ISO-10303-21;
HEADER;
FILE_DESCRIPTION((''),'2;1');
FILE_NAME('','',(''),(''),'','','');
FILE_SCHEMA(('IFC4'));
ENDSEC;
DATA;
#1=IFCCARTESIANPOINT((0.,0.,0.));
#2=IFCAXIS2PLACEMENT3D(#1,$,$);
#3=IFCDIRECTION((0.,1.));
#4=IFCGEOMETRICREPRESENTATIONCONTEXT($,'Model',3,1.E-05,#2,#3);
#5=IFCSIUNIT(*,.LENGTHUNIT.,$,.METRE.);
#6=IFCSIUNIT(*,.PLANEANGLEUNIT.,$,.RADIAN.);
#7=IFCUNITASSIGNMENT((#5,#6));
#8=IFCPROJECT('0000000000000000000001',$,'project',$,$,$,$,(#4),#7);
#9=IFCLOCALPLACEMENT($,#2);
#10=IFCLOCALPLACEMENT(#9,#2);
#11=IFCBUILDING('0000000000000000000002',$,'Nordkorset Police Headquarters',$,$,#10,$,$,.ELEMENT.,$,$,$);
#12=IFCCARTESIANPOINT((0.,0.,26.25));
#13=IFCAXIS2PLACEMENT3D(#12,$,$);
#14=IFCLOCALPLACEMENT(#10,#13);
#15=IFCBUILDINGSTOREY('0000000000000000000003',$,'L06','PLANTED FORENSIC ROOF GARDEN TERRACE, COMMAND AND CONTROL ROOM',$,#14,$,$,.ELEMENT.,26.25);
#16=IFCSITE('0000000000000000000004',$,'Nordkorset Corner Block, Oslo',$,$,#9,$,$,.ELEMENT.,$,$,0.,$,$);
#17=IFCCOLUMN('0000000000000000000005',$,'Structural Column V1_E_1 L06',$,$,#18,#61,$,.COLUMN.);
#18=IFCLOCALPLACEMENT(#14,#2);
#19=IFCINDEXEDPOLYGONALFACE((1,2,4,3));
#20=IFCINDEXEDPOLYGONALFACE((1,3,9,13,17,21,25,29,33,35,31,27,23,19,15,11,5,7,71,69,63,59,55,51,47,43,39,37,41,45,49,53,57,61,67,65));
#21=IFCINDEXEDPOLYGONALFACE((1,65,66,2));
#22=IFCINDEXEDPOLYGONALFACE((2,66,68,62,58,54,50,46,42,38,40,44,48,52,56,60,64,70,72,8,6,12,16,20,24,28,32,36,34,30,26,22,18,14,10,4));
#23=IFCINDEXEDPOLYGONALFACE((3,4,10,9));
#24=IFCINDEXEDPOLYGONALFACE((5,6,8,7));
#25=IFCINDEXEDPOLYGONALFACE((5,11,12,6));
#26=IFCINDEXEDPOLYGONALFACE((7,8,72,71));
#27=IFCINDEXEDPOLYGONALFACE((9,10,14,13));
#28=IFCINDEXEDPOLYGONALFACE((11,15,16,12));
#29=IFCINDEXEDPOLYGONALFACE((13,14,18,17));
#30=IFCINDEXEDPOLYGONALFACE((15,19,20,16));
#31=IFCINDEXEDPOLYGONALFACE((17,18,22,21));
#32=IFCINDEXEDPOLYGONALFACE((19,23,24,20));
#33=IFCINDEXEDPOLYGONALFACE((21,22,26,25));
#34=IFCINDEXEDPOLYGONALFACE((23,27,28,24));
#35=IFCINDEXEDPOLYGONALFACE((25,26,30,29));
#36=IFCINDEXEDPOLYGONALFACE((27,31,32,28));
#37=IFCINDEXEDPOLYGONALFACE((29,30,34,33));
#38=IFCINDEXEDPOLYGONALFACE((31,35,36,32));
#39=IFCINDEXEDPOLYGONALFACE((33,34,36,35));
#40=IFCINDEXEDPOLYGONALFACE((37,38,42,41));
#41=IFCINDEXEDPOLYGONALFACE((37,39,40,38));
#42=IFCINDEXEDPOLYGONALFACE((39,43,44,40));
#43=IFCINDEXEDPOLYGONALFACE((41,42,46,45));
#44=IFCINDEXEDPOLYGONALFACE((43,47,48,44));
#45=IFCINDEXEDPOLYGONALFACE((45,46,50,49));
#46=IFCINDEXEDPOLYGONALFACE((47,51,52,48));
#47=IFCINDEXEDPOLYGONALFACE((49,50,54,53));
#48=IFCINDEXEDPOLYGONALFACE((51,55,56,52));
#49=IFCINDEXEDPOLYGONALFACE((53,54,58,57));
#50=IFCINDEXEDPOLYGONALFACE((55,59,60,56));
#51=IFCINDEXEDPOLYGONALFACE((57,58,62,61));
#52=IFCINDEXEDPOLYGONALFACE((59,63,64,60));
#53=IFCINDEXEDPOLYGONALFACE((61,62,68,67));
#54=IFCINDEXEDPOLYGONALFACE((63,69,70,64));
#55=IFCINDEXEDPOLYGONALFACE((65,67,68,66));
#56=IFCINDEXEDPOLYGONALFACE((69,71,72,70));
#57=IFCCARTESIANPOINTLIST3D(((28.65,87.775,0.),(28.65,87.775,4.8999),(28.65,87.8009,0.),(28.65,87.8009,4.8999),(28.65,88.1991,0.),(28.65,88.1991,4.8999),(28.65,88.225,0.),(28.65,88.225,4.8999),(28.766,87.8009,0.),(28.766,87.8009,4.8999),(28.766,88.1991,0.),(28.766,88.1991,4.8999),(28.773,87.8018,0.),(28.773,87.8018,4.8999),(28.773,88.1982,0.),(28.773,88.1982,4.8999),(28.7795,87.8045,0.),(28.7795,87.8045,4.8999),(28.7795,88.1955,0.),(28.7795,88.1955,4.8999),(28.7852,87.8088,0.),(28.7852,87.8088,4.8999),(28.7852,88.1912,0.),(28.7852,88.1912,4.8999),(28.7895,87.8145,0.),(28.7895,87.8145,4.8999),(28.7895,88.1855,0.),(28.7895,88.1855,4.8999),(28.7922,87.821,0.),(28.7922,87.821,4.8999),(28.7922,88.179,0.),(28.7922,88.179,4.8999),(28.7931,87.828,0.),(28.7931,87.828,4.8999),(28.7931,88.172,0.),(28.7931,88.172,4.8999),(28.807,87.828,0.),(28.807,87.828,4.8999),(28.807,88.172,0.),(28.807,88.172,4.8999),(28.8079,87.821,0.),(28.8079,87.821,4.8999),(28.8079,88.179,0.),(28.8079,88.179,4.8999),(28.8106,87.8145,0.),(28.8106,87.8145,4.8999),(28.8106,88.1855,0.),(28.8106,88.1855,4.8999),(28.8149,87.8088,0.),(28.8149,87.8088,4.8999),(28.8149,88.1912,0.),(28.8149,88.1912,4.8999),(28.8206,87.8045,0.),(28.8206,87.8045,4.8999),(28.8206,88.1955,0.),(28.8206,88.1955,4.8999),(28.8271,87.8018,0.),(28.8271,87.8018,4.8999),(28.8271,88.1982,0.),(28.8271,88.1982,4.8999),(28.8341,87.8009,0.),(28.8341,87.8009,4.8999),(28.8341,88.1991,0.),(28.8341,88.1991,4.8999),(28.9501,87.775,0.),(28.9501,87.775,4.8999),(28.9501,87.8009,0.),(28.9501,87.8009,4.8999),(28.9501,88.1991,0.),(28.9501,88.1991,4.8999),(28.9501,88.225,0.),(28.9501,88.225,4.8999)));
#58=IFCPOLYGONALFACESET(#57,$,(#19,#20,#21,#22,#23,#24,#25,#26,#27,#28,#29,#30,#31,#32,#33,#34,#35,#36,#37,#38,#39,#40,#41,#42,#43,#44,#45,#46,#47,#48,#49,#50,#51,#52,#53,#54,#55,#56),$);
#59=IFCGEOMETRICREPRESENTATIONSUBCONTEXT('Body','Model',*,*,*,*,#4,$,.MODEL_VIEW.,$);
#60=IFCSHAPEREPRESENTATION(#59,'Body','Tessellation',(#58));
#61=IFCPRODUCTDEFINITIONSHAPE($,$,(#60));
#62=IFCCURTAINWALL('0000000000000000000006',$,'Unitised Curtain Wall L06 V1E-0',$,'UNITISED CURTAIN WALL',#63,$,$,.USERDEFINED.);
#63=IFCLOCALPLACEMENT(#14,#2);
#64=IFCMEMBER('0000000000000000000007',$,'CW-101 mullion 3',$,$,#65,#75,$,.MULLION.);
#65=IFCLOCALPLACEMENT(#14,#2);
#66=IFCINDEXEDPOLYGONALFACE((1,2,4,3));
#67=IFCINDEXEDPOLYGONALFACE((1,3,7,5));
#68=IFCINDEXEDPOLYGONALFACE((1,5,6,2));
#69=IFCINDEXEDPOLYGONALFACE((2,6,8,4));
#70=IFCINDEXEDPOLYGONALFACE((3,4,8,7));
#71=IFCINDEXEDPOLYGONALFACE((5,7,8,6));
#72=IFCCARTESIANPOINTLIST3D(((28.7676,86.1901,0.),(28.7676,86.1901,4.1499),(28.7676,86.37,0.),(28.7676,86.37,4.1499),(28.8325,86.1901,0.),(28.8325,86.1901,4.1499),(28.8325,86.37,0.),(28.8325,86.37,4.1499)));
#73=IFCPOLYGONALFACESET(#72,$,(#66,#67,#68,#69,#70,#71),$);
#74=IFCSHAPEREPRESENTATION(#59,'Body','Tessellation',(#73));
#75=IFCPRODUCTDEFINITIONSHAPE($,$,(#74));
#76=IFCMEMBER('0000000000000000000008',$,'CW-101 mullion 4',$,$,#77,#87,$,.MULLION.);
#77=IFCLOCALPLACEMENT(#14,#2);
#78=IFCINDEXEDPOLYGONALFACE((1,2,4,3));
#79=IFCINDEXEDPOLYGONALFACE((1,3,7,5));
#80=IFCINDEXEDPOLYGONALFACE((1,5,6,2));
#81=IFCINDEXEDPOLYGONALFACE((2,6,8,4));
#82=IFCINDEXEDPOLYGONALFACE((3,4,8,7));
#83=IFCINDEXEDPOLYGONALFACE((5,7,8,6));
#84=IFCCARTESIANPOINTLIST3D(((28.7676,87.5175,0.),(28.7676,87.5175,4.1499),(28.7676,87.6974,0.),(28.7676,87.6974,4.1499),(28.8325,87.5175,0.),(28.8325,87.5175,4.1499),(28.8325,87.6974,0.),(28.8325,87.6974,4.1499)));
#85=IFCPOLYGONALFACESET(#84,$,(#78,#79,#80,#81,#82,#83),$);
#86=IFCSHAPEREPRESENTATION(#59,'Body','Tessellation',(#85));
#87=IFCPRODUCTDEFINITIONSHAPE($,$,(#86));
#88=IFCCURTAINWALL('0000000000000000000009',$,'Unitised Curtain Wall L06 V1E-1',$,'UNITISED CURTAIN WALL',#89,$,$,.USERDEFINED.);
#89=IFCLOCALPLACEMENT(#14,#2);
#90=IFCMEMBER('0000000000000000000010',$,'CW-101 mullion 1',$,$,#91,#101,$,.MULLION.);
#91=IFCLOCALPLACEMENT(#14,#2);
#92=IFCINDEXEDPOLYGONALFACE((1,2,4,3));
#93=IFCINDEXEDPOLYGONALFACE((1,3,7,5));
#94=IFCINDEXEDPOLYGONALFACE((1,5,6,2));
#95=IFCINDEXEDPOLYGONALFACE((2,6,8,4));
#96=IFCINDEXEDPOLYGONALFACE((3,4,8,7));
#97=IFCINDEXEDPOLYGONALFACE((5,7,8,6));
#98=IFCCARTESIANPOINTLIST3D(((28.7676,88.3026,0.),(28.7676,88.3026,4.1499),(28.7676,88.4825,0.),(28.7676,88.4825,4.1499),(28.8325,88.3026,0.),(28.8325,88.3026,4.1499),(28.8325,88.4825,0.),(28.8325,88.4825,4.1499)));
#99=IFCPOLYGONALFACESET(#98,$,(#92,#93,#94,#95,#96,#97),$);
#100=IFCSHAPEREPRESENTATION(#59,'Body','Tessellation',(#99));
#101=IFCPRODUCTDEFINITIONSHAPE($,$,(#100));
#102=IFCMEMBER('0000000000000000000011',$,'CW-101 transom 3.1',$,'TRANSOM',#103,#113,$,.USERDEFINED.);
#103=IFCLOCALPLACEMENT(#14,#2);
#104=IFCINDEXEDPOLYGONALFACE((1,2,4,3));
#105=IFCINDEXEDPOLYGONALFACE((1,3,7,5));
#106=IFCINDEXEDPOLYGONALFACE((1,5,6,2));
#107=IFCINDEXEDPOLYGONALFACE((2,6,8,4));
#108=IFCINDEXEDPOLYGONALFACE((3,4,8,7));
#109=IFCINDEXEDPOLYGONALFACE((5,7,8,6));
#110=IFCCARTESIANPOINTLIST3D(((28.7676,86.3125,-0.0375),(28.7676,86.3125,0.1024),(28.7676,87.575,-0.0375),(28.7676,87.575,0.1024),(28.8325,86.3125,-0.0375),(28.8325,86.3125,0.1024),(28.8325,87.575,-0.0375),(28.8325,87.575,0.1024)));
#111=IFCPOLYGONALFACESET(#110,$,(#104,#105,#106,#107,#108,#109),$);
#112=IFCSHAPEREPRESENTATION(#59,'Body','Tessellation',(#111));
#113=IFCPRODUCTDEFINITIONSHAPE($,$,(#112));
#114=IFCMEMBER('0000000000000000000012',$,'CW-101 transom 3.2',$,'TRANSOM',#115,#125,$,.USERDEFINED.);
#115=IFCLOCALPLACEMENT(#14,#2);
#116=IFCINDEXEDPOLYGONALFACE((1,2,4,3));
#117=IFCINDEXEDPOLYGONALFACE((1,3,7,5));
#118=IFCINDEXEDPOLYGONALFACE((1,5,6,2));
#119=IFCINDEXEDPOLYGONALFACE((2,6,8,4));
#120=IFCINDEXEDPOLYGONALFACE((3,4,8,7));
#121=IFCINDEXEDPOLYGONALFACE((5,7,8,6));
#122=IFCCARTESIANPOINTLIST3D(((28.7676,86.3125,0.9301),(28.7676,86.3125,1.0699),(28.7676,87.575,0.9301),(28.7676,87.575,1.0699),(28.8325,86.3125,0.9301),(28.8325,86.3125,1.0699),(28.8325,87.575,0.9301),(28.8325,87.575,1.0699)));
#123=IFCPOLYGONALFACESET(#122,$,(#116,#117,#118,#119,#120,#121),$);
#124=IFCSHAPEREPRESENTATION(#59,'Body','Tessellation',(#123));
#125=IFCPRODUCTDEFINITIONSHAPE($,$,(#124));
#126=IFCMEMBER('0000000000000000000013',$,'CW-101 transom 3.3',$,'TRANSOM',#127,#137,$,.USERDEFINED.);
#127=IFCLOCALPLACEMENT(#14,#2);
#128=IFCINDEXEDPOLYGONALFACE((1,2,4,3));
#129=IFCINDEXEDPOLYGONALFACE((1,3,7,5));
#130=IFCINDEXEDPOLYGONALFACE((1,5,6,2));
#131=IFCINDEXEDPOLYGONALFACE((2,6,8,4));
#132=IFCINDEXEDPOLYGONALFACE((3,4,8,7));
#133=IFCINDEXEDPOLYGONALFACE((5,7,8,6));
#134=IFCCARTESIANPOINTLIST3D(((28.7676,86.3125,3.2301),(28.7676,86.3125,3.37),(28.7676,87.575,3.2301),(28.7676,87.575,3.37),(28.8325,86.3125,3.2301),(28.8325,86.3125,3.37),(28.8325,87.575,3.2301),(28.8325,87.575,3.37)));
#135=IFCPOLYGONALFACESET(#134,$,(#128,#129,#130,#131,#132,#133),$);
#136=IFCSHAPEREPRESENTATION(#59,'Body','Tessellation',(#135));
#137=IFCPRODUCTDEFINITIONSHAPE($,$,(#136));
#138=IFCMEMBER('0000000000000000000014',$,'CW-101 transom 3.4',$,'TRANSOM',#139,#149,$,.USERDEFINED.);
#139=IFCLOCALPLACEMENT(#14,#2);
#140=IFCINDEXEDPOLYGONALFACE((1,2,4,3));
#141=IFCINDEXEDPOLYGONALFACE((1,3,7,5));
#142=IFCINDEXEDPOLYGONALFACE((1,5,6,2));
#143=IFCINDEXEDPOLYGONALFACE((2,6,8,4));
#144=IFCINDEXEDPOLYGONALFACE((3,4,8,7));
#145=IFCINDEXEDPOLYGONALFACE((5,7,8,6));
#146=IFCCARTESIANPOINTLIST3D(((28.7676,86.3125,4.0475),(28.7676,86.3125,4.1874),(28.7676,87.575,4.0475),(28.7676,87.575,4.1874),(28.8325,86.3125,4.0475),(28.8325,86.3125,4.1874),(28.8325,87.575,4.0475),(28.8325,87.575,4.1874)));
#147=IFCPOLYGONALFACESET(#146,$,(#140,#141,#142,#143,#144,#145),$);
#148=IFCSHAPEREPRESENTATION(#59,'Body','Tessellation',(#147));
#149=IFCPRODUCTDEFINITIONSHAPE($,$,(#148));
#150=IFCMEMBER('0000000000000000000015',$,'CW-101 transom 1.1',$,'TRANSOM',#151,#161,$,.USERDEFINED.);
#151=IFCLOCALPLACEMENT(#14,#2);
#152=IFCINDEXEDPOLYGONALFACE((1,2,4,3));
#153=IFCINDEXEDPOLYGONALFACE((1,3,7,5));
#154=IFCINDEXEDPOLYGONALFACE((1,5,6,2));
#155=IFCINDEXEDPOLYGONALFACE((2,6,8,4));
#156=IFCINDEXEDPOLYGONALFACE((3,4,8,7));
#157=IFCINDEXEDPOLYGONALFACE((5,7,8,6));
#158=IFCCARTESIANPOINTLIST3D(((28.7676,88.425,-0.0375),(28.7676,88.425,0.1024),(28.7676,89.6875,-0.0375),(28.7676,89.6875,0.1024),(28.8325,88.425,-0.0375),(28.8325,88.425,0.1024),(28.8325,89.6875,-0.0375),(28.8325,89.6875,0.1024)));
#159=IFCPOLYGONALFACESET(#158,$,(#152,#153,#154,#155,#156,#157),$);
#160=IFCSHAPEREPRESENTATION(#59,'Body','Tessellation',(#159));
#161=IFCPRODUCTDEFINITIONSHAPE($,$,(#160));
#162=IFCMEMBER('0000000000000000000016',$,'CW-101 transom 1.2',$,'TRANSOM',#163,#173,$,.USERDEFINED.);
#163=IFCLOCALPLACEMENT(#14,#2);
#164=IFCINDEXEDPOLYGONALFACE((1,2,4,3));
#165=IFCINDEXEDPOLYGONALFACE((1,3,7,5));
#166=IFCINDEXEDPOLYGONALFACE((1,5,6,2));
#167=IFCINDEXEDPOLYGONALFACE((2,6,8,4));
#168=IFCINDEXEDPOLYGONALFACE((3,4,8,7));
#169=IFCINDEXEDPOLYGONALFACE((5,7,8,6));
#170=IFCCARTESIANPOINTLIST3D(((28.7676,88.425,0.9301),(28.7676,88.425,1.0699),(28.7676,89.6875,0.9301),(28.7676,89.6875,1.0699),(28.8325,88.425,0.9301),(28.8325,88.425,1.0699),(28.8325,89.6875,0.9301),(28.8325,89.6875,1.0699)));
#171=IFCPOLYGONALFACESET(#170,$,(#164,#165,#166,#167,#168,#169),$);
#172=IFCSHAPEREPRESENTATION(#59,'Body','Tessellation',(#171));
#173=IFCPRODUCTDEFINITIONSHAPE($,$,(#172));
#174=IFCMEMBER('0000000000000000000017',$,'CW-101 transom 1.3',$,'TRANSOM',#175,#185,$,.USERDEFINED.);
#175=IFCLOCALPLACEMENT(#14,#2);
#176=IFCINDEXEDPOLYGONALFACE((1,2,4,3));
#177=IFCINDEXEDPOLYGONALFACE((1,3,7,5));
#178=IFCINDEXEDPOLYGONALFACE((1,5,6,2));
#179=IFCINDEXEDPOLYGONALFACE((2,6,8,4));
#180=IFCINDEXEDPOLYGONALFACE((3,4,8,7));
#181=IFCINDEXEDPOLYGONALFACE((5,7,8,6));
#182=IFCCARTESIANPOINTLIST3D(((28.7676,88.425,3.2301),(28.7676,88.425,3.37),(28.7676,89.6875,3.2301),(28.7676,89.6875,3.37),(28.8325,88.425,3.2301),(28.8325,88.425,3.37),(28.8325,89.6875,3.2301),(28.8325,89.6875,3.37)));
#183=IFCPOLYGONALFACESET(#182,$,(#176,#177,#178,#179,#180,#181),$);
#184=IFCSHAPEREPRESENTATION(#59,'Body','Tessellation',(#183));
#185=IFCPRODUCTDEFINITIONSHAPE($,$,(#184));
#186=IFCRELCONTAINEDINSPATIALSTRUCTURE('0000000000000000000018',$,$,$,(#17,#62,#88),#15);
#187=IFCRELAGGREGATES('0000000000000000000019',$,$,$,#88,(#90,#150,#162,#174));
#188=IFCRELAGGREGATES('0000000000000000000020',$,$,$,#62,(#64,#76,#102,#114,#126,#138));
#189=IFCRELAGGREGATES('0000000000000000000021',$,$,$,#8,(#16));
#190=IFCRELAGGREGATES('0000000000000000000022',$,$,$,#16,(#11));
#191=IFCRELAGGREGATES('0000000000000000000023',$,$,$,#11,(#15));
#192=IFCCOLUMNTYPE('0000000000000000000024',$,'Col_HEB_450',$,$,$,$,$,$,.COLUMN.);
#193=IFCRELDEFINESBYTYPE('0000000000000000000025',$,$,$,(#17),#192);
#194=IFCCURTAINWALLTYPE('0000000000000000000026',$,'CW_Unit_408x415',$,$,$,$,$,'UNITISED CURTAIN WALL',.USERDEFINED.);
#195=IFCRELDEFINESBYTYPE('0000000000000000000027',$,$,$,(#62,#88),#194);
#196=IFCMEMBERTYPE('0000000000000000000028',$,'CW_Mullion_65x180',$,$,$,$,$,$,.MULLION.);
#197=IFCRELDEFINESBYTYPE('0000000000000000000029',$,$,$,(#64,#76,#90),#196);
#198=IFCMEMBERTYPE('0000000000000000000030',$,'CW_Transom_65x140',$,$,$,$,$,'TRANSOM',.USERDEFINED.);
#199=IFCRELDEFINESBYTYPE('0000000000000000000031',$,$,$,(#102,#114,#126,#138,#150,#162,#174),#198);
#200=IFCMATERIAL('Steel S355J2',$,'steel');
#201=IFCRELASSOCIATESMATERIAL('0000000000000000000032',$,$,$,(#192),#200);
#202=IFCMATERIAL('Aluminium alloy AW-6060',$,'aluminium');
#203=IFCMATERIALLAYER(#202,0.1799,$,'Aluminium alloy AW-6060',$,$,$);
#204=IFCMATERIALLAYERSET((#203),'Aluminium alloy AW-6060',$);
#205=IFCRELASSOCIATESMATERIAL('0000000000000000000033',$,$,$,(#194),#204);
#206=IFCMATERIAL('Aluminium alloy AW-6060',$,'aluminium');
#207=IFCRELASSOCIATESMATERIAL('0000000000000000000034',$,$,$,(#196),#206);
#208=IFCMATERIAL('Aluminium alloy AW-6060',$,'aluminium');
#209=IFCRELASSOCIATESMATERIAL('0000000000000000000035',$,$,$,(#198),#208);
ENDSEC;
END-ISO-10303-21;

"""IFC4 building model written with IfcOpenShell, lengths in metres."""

from ifc_helpers import new_model, si_unit, direction, frame, origin, origin_2d, place, context, subcontext, project, spatial, rectangle, i_section, extrude, material, layer, layer_set, material_profile, profile_set, type_object, element, aggregate, save


model = new_model("IFC4")

# Units and contexts
model_context = context("Model", 3, precision=1e-05, world=origin(), true_north=direction((0.0, 1.0)))
body_context = subcontext(model_context, "Body", "Model", "MODEL_VIEW")
ifc_project = project(units=[si_unit("LENGTHUNIT", "METRE"), si_unit("PLANEANGLEUNIT", "RADIAN")], contexts=[model_context])

# Site, building, storey
site_placement = place(None, origin())
site = spatial("IfcSite", under=ifc_project, at=site_placement, Name="Nordkorset Corner Block, Oslo", CompositionType="ELEMENT", RefElevation=0.0)
building_placement = place(site_placement, origin())
building = spatial("IfcBuilding", under=site, at=building_placement, Name="Nordkorset Police Headquarters", CompositionType="ELEMENT")
storey_placement = place(building_placement, frame((0.0, 0.0, 26.25)))
storey = spatial("IfcBuildingStorey", under=building, at=storey_placement, Name="L06", Description="PLANTED FORENSIC ROOF GARDEN TERRACE, COMMAND AND CONTROL ROOM", CompositionType="ELEMENT", Elevation=26.25)

# Column
ifc_material_1 = material(Name="Steel S355J2", Category="steel")
ifc_material_profile_1 = material_profile(ifc_material_1, i_section(OverallWidth=0.3, OverallDepth=0.45, WebThickness=0.0139, FlangeThickness=0.0259, FilletRadius=0.0271, at=origin_2d()), Name="HEB 450")
ifc_profile_set_1 = profile_set([ifc_material_profile_1], Name="Steel S355J2")
column_type = type_object("IfcColumnType", Name="Col_HEB_450", PredefinedType="COLUMN", material=ifc_profile_set_1)
column_placement = place(storey_placement, frame((28.8, 88.0, 0.0), z_axis=(0.0, 0.0, 1.0), x_axis=(1.0, 0.0, 0.0)))
element("IfcColumn", 1, at=column_placement, inside=storey, type_object=column_type, Name="Structural Column V1_E_1 L06", PredefinedType="COLUMN", context=body_context, shape_type="SweptSolid", body=[
    extrude(i_section(OverallWidth=0.3, OverallDepth=0.45, WebThickness=0.0139, FlangeThickness=0.0259, FilletRadius=0.0271, at=origin_2d()), origin(), (0.0, 0.0, 1.0), 4.8999),
])

# Curtain wall, members
ifc_material_2 = material(Name="Aluminium alloy AW-6060", Category="aluminium")
ifc_layer_1 = layer(ifc_material_2, 0.1799, Name="Aluminium alloy AW-6060")
ifc_layer_set_1 = layer_set([ifc_layer_1], Name="Aluminium alloy AW-6060")
curtain_wall_type = type_object("IfcCurtainWallType", Name="CW_Unit_408x415", ElementType="UNITISED CURTAIN WALL", PredefinedType="USERDEFINED", material=ifc_layer_set_1)
curtain_wall_1_placement = place(storey_placement, origin())
curtain_wall_1 = element("IfcCurtainWall", 2, at=curtain_wall_1_placement, inside=storey, type_object=curtain_wall_type, Name="Unitised Curtain Wall L06 V1E-0", ObjectType="UNITISED CURTAIN WALL", PredefinedType="USERDEFINED")
ifc_material_3 = material(Name="Aluminium alloy AW-6060", Category="aluminium")
ifc_material_profile_2 = material_profile(ifc_material_3, rectangle(XDim=0.0649, YDim=0.1799, at=origin_2d()), Name="ALU MULL 65x180")
ifc_profile_set_2 = profile_set([ifc_material_profile_2], Name="Aluminium alloy AW-6060")
member_type_1 = type_object("IfcMemberType", Name="CW_Mullion_65x180", PredefinedType="MULLION", material=ifc_profile_set_2)
member_1_placement = place(storey_placement, frame((28.8, 86.28, 0.0), z_axis=(0.0, 0.0, 1.0), x_axis=(-1.0, 0.0, 0.0)))
member_1 = element("IfcMember", 3, at=member_1_placement, type_object=member_type_1, Name="CW-101 mullion 3", PredefinedType="MULLION", context=body_context, shape_type="SweptSolid", body=[
    extrude(rectangle(XDim=0.0649, YDim=0.1799, at=origin_2d()), origin(), (0.0, 0.0, 1.0), 4.1499),
])
member_2_placement = place(storey_placement, frame((28.8, 87.6074, 0.0), z_axis=(0.0, 0.0, 1.0), x_axis=(-1.0, 0.0, 0.0)))
member_2 = element("IfcMember", 4, at=member_2_placement, type_object=member_type_1, Name="CW-101 mullion 4", PredefinedType="MULLION", context=body_context, shape_type="SweptSolid", body=[
    extrude(rectangle(XDim=0.0649, YDim=0.1799, at=origin_2d()), origin(), (0.0, 0.0, 1.0), 4.1499),
])

# Curtain wall, member
curtain_wall_2_placement = place(storey_placement, origin())
curtain_wall_2 = element("IfcCurtainWall", 5, at=curtain_wall_2_placement, inside=storey, type_object=curtain_wall_type, Name="Unitised Curtain Wall L06 V1E-1", ObjectType="UNITISED CURTAIN WALL", PredefinedType="USERDEFINED")
member_3_placement = place(storey_placement, frame((28.8, 88.3926, 0.0), z_axis=(0.0, 0.0, 1.0), x_axis=(-1.0, 0.0, 0.0)))
member_3 = element("IfcMember", 6, at=member_3_placement, type_object=member_type_1, Name="CW-101 mullion 1", PredefinedType="MULLION", context=body_context, shape_type="SweptSolid", body=[
    extrude(rectangle(XDim=0.0649, YDim=0.1799, at=origin_2d()), origin(), (0.0, 0.0, 1.0), 4.1499),
])

# Members
ifc_material_4 = material(Name="Aluminium alloy AW-6060", Category="aluminium")
ifc_material_profile_3 = material_profile(ifc_material_4, rectangle(XDim=0.0649, YDim=0.1399, at=origin_2d()), Name="ALU TRAN 65x140")
ifc_profile_set_3 = profile_set([ifc_material_profile_3], Name="Aluminium alloy AW-6060")
member_type_2 = type_object("IfcMemberType", Name="CW_Transom_65x140", ElementType="TRANSOM", PredefinedType="USERDEFINED", material=ifc_profile_set_3)
member_4_placement = place(storey_placement, frame((28.8, 86.3125, 0.0325), z_axis=(0.0, 1.0, 0.0), x_axis=(-1.0, 0.0, 0.0)))
member_4 = element("IfcMember", 7, at=member_4_placement, type_object=member_type_2, Name="CW-101 transom 3.1", ObjectType="TRANSOM", PredefinedType="USERDEFINED", context=body_context, shape_type="SweptSolid", body=[
    extrude(rectangle(XDim=0.0649, YDim=0.1399, at=origin_2d()), origin(), (0.0, 0.0, 1.0), 1.2625),
])
member_5_placement = place(storey_placement, frame((28.8, 86.3125, 1.0), z_axis=(0.0, 1.0, 0.0), x_axis=(-1.0, 0.0, 0.0)))
member_5 = element("IfcMember", 8, at=member_5_placement, type_object=member_type_2, Name="CW-101 transom 3.2", ObjectType="TRANSOM", PredefinedType="USERDEFINED", context=body_context, shape_type="SweptSolid", body=[
    extrude(rectangle(XDim=0.0649, YDim=0.1399, at=origin_2d()), origin(), (0.0, 0.0, 1.0), 1.2625),
])
member_6_placement = place(storey_placement, frame((28.8, 86.3125, 3.3), z_axis=(0.0, 1.0, 0.0), x_axis=(-1.0, 0.0, 0.0)))
member_6 = element("IfcMember", 9, at=member_6_placement, type_object=member_type_2, Name="CW-101 transom 3.3", ObjectType="TRANSOM", PredefinedType="USERDEFINED", context=body_context, shape_type="SweptSolid", body=[
    extrude(rectangle(XDim=0.0649, YDim=0.1399, at=origin_2d()), origin(), (0.0, 0.0, 1.0), 1.2625),
])
member_7_placement = place(storey_placement, frame((28.8, 86.3125, 4.1174), z_axis=(0.0, 1.0, 0.0), x_axis=(-1.0, 0.0, 0.0)))
member_7 = element("IfcMember", 10, at=member_7_placement, type_object=member_type_2, Name="CW-101 transom 3.4", ObjectType="TRANSOM", PredefinedType="USERDEFINED", context=body_context, shape_type="SweptSolid", body=[
    extrude(rectangle(XDim=0.0649, YDim=0.1399, at=origin_2d()), origin(), (0.0, 0.0, 1.0), 1.2625),
])
member_8_placement = place(storey_placement, frame((28.8, 88.425, 0.0325), z_axis=(0.0, 1.0, 0.0), x_axis=(-1.0, 0.0, 0.0)))
member_8 = element("IfcMember", 11, at=member_8_placement, type_object=member_type_2, Name="CW-101 transom 1.1", ObjectType="TRANSOM", PredefinedType="USERDEFINED", context=body_context, shape_type="SweptSolid", body=[
    extrude(rectangle(XDim=0.0649, YDim=0.1399, at=origin_2d()), origin(), (0.0, 0.0, 1.0), 1.2625),
])
member_9_placement = place(storey_placement, frame((28.8, 88.425, 1.0), z_axis=(0.0, 1.0, 0.0), x_axis=(-1.0, 0.0, 0.0)))
member_9 = element("IfcMember", 12, at=member_9_placement, type_object=member_type_2, Name="CW-101 transom 1.2", ObjectType="TRANSOM", PredefinedType="USERDEFINED", context=body_context, shape_type="SweptSolid", body=[
    extrude(rectangle(XDim=0.0649, YDim=0.1399, at=origin_2d()), origin(), (0.0, 0.0, 1.0), 1.2625),
])
member_10_placement = place(storey_placement, frame((28.8, 88.425, 3.3), z_axis=(0.0, 1.0, 0.0), x_axis=(-1.0, 0.0, 0.0)))
member_10 = element("IfcMember", 13, at=member_10_placement, type_object=member_type_2, Name="CW-101 transom 1.3", ObjectType="TRANSOM", PredefinedType="USERDEFINED", context=body_context, shape_type="SweptSolid", body=[
    extrude(rectangle(XDim=0.0649, YDim=0.1399, at=origin_2d()), origin(), (0.0, 0.0, 1.0), 1.2625),
])
aggregate(curtain_wall_2, [member_3, member_8, member_9, member_10])

aggregate(curtain_wall_1, [member_1, member_2, member_4, member_5, member_6, member_7])

save(model, "model.ifc")
